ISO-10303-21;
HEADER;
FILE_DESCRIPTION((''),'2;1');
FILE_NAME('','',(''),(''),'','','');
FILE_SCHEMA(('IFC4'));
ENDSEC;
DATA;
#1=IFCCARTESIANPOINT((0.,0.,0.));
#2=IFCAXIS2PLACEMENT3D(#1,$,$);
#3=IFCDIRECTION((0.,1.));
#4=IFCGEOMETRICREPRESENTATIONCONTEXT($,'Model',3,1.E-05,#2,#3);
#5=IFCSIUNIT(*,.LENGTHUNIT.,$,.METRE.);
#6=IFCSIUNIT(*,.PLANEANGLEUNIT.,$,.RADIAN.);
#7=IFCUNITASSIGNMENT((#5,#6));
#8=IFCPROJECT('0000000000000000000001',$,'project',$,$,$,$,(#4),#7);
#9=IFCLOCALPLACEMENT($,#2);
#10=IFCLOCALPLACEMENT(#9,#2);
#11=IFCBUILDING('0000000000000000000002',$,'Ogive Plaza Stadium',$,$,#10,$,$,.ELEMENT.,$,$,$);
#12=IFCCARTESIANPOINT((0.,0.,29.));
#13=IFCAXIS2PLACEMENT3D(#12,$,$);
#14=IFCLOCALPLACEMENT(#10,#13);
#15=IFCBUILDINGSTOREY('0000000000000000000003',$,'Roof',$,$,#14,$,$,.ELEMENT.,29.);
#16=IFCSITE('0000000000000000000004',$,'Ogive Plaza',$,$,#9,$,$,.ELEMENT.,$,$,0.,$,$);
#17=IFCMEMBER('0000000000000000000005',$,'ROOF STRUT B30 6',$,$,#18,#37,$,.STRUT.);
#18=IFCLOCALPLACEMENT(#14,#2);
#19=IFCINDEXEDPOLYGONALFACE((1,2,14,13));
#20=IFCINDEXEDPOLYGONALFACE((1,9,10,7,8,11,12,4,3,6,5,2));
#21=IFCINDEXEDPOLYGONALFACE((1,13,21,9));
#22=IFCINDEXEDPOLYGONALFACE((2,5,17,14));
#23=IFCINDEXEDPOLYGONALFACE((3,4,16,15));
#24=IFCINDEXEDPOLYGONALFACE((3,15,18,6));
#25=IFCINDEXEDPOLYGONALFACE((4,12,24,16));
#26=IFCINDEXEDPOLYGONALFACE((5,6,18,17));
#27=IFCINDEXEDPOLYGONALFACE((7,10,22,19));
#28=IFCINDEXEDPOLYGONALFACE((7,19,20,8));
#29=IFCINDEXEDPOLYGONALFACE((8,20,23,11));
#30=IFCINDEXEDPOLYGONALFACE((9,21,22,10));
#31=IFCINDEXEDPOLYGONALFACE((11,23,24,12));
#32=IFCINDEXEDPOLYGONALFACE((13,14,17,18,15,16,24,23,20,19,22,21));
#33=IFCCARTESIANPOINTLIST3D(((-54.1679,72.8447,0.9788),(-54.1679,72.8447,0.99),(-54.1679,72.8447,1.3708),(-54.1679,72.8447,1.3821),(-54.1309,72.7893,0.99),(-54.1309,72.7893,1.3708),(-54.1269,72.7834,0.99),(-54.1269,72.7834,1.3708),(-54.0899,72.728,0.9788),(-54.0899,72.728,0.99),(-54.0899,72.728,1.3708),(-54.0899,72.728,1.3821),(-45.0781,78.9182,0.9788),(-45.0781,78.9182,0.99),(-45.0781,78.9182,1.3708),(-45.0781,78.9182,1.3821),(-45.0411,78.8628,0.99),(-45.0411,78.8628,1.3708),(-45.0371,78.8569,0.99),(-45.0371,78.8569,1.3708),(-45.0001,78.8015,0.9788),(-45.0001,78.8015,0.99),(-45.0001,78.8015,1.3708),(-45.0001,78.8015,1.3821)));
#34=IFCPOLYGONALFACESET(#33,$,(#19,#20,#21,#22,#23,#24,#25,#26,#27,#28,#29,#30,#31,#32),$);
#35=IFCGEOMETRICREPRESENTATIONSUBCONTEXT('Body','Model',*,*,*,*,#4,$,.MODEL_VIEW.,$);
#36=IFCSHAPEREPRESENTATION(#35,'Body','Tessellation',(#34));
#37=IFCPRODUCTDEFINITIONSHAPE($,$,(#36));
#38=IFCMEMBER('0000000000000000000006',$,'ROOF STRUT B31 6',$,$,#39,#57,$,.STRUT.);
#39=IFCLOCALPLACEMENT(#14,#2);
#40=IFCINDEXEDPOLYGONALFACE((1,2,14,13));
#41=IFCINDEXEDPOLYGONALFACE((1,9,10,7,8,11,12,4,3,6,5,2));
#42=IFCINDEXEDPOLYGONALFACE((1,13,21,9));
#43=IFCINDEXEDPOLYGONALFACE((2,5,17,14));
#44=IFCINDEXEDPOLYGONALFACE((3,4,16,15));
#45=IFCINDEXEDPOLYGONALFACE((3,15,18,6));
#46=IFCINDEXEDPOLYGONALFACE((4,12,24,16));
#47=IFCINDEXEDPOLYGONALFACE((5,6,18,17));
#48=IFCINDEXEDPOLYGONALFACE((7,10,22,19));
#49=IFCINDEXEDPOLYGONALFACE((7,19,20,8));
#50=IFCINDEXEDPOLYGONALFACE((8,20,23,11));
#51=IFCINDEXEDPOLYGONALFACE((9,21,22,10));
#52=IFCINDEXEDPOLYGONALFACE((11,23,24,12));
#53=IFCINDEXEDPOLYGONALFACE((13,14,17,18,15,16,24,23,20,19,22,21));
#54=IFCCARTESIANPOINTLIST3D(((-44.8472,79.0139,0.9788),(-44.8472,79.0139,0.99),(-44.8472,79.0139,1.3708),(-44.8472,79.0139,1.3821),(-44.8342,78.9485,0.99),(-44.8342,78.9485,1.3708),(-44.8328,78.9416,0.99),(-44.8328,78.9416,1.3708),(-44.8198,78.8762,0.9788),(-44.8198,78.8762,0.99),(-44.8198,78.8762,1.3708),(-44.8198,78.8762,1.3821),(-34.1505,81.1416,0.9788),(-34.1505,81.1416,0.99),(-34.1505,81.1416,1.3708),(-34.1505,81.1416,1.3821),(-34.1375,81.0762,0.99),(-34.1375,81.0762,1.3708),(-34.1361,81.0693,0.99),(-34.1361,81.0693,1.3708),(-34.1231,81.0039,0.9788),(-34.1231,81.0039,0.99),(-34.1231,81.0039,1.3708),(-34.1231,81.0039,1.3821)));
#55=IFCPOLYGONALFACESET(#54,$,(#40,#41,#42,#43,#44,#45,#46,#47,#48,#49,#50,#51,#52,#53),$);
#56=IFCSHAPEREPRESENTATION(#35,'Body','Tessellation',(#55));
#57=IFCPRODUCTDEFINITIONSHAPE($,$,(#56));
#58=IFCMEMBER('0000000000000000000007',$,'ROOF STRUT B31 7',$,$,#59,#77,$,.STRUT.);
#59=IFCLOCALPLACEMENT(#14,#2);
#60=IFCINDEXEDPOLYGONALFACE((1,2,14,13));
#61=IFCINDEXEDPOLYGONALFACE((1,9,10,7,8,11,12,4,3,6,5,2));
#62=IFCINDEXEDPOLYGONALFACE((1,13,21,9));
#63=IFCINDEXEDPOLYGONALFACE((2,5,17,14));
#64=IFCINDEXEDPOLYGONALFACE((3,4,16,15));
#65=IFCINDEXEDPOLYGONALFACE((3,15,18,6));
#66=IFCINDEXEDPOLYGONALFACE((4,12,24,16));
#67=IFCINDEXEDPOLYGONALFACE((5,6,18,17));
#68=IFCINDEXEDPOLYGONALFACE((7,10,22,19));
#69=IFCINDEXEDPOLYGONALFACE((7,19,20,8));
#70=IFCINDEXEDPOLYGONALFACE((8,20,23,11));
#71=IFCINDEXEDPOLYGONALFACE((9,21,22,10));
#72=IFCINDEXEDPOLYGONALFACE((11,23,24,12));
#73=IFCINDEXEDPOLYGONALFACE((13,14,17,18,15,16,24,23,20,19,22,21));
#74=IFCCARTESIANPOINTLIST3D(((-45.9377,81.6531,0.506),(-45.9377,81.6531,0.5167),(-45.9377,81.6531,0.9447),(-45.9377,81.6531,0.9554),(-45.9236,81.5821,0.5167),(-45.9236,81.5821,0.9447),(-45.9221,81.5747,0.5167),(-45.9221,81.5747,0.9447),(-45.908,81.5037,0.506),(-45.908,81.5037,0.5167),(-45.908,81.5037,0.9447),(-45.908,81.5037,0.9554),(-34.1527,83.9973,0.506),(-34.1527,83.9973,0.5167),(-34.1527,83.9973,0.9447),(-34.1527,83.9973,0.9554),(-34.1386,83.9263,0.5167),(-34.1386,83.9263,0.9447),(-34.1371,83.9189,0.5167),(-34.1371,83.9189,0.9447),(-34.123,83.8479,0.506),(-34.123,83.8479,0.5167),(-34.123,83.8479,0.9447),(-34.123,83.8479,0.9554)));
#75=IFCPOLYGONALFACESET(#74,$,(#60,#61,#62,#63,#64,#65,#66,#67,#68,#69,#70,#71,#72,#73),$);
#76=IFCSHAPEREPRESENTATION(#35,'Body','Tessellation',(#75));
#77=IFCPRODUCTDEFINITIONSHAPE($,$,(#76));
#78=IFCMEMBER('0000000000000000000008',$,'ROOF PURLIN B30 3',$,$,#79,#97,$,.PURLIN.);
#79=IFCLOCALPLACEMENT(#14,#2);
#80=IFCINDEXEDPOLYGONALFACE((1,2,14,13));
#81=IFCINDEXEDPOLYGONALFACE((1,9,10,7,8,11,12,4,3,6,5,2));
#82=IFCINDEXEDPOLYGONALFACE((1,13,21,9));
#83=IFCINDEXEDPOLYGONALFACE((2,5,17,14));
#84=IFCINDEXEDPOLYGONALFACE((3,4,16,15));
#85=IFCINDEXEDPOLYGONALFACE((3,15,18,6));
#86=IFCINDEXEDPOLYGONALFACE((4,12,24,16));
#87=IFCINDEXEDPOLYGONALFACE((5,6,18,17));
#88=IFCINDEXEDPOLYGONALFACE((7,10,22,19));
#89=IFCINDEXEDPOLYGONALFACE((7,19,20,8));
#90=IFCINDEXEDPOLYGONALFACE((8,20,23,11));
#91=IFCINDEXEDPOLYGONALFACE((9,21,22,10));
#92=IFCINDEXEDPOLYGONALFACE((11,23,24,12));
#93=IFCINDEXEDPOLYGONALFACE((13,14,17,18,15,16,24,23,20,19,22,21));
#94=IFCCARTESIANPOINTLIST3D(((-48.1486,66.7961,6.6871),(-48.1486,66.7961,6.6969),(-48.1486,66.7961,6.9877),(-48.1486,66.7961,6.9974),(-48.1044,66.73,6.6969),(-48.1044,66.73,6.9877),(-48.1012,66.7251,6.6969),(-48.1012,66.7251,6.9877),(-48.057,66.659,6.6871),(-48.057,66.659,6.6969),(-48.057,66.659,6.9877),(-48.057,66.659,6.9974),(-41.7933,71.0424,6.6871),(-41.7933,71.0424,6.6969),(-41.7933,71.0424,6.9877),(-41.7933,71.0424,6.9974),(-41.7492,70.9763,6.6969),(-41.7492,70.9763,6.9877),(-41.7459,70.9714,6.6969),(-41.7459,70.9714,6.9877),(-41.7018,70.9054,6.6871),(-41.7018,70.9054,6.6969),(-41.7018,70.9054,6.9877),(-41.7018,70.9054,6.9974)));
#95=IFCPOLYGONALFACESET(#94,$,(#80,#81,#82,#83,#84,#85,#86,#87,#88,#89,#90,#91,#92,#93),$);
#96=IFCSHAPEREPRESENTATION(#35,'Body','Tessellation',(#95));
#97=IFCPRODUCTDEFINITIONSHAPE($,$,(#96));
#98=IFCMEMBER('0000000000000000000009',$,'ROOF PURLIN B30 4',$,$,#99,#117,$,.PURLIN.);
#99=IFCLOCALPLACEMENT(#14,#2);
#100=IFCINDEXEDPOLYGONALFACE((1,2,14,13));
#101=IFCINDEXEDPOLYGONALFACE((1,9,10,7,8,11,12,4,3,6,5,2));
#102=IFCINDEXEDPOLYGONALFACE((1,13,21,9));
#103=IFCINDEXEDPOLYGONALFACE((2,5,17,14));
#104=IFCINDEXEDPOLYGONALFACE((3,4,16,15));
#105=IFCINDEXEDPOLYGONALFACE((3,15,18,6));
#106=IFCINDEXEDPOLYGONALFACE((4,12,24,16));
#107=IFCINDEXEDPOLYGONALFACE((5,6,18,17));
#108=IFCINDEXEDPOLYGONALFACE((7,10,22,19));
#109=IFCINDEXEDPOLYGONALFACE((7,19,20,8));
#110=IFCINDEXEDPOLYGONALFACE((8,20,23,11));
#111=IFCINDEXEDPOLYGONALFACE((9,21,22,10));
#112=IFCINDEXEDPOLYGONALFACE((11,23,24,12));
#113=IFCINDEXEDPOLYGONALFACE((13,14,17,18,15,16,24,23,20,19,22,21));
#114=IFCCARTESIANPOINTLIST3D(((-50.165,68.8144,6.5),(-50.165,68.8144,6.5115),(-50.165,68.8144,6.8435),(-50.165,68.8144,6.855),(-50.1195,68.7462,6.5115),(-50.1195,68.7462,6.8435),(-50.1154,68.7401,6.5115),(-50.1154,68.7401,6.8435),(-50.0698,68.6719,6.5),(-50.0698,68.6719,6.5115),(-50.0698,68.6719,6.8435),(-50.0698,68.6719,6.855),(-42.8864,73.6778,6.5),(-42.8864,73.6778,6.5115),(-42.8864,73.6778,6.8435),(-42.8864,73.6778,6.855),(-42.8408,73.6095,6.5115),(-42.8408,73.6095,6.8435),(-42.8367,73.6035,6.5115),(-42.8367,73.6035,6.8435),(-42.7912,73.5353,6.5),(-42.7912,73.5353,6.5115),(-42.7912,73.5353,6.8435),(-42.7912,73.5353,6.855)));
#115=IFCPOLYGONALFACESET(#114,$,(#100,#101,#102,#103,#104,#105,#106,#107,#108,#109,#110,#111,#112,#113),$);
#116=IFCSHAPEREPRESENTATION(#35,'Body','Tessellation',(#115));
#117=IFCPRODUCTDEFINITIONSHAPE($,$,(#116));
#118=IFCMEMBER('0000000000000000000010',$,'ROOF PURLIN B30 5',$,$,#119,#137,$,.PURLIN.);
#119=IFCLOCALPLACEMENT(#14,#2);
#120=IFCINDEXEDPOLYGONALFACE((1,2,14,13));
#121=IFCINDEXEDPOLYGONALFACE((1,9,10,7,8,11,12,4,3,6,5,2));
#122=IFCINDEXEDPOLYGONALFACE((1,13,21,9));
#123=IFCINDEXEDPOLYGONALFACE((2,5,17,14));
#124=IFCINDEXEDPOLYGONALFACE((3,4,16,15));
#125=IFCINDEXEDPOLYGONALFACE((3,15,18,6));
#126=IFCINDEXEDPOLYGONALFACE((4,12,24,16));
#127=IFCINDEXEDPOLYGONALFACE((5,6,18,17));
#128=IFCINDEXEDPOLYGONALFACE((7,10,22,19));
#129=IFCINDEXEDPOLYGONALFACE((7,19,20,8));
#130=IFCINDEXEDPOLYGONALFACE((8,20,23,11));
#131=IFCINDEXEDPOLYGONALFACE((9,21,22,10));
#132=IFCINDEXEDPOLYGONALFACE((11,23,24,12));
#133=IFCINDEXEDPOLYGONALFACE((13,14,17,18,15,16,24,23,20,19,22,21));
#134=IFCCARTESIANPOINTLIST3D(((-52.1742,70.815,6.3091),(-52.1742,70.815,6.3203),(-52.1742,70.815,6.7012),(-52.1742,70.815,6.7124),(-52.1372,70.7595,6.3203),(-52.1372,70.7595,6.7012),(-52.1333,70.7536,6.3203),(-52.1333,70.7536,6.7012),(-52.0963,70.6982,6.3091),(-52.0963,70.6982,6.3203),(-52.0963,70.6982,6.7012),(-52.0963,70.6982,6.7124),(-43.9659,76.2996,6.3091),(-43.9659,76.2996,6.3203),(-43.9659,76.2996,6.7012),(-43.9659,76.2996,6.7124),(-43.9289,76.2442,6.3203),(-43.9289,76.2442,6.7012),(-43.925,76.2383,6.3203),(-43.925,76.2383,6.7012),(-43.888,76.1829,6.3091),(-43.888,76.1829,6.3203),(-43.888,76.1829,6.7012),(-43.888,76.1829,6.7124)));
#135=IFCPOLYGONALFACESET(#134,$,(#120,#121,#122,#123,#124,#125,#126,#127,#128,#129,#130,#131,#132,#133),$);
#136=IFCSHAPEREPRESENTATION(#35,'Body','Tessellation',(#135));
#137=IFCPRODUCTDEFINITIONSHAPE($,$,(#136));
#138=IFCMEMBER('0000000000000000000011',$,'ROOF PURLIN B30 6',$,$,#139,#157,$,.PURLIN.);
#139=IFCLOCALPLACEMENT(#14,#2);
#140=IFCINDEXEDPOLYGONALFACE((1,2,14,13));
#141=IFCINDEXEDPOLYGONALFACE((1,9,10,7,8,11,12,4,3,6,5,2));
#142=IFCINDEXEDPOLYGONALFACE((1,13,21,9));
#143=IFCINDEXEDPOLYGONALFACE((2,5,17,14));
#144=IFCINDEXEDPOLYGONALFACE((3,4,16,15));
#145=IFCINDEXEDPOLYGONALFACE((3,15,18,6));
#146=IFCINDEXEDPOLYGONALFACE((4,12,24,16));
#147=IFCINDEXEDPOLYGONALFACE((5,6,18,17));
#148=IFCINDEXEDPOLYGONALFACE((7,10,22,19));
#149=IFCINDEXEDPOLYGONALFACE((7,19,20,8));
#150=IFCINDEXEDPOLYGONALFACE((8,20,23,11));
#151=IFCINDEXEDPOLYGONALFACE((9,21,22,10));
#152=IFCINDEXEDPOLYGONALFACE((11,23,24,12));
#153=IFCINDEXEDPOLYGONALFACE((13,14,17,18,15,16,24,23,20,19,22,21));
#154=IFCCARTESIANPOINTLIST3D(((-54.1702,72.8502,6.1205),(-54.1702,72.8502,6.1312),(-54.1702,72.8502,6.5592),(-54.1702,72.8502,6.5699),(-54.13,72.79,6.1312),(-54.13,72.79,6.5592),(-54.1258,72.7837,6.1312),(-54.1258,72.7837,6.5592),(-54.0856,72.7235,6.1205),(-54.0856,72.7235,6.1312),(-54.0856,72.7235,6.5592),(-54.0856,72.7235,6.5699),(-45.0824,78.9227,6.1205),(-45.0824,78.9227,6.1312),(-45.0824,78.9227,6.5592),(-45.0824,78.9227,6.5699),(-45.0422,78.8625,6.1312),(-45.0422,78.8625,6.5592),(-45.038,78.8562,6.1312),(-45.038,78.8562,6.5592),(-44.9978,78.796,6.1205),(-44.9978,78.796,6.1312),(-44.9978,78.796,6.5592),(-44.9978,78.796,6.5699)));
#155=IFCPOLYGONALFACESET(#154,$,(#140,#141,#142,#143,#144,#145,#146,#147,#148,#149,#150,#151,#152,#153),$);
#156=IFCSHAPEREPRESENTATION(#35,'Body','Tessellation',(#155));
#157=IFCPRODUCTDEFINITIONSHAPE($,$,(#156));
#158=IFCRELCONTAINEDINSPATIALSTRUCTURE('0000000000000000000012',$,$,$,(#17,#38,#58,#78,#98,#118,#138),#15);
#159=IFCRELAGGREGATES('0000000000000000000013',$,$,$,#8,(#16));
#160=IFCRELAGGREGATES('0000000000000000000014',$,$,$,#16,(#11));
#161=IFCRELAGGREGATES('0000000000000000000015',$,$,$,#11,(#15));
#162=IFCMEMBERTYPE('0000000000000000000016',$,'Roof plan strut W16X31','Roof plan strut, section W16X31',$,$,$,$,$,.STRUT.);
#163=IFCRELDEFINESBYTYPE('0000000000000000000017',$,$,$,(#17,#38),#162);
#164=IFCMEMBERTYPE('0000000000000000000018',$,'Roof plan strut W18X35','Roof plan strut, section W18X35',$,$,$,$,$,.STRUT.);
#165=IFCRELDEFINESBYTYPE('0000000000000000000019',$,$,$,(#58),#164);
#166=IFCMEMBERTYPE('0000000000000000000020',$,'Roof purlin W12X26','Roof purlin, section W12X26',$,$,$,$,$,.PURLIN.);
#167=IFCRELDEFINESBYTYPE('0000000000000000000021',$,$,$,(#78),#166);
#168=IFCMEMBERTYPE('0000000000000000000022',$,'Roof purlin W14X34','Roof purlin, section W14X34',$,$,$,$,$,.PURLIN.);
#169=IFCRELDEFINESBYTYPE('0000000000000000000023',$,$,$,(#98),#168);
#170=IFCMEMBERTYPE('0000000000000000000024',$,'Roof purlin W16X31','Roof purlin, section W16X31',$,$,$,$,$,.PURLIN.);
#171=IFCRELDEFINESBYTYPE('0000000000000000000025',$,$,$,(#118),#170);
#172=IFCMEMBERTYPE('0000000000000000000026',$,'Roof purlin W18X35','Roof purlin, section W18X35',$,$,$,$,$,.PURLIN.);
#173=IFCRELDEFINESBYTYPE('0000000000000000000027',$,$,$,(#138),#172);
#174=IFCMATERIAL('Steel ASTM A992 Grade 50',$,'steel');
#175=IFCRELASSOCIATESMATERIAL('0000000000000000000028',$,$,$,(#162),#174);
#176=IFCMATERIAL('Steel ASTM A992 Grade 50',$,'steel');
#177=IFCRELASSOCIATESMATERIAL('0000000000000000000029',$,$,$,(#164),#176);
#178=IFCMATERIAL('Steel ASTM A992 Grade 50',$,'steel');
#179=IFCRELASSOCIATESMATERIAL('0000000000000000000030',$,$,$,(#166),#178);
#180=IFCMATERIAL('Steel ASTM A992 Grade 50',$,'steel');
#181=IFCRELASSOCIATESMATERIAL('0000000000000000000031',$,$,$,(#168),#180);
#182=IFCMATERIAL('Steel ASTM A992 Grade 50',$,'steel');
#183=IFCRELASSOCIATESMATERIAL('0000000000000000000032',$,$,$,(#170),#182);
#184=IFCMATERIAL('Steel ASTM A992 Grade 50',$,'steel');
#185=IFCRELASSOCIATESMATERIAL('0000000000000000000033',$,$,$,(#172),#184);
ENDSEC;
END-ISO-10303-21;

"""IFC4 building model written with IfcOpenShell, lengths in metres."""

from ifc_helpers import new_model, si_unit, direction, frame, origin, origin_2d, place, context, subcontext, project, spatial, i_section, extrude, material, material_profile, profile_set, type_object, element, save


model = new_model("IFC4")

# Units and contexts
model_context = context("Model", 3, precision=1e-05, world=origin(), true_north=direction((0.0, 1.0)))
body_context = subcontext(model_context, "Body", "Model", "MODEL_VIEW")
ifc_project = project(units=[si_unit("LENGTHUNIT", "METRE"), si_unit("PLANEANGLEUNIT", "RADIAN")], contexts=[model_context])

# Site, building, storey
site_placement = place(None, origin())
site = spatial("IfcSite", under=ifc_project, at=site_placement, Name="Ogive Plaza", CompositionType="ELEMENT", RefElevation=0.0)
building_placement = place(site_placement, origin())
building = spatial("IfcBuilding", under=site, at=building_placement, Name="Ogive Plaza Stadium", CompositionType="ELEMENT")
storey_placement = place(building_placement, frame((0.0, 0.0, 29.0)))
storey = spatial("IfcBuildingStorey", under=building, at=storey_placement, Name="Roof", CompositionType="ELEMENT", Elevation=29.0)

# Members
ifc_material_1 = material(Name="Steel ASTM A992 Grade 50", Category="steel")
ifc_material_profile_1 = material_profile(ifc_material_1, i_section(OverallWidth=0.1404, OverallDepth=0.4033, WebThickness=0.0071, FlangeThickness=0.0112, at=origin_2d()), Name="W16X31")
ifc_profile_set_1 = profile_set([ifc_material_profile_1], Name="Steel ASTM A992 Grade 50")
member_type_1 = type_object("IfcMemberType", Name="Roof plan strut W16X31", Description="Roof plan strut, section W16X31", PredefinedType="STRUT", material=ifc_profile_set_1)
member_1_placement = place(storey_placement, frame((-54.1289, 72.7864, 1.1804), z_axis=(0.831476, 0.555561, 0.0), x_axis=(-0.555561, 0.831476, 0.0)))
element("IfcMember", 1, at=member_1_placement, inside=storey, type_object=member_type_1, Name="ROOF STRUT B30 6", PredefinedType="STRUT", context=body_context, shape_type="SweptSolid", body=[
    extrude(i_section(OverallWidth=0.1404, OverallDepth=0.4033, WebThickness=0.0071, FlangeThickness=0.0112, at=origin_2d()), origin(), (0.0, 0.0, 1.0), 10.9321),
])
member_2_placement = place(storey_placement, frame((-44.8335, 78.9451, 1.1804), z_axis=(0.980786, 0.195087, 0.0), x_axis=(-0.195087, 0.980786, 0.0)))
element("IfcMember", 2, at=member_2_placement, inside=storey, type_object=member_type_1, Name="ROOF STRUT B31 6", PredefinedType="STRUT", context=body_context, shape_type="SweptSolid", body=[
    extrude(i_section(OverallWidth=0.1404, OverallDepth=0.4033, WebThickness=0.0071, FlangeThickness=0.0112, at=origin_2d()), origin(), (0.0, 0.0, 1.0), 10.9062),
])
ifc_material_2 = material(Name="Steel ASTM A992 Grade 50", Category="steel")
ifc_material_profile_2 = material_profile(ifc_material_2, i_section(OverallWidth=0.1523, OverallDepth=0.4495, WebThickness=0.0076, FlangeThickness=0.0107, at=origin_2d()), Name="W18X35")
ifc_profile_set_2 = profile_set([ifc_material_profile_2], Name="Steel ASTM A992 Grade 50")
member_type_2 = type_object("IfcMemberType", Name="Roof plan strut W18X35", Description="Roof plan strut, section W18X35", PredefinedType="STRUT", material=ifc_profile_set_2)
member_3_placement = place(storey_placement, frame((-45.9229, 81.5784, 0.7307), z_axis=(0.980784, 0.195096, 0.0), x_axis=(-0.195096, 0.980784, 0.0)))
element("IfcMember", 3, at=member_3_placement, inside=storey, type_object=member_type_2, Name="ROOF STRUT B31 7", PredefinedType="STRUT", context=body_context, shape_type="SweptSolid", body=[
    extrude(i_section(OverallWidth=0.1523, OverallDepth=0.4495, WebThickness=0.0076, FlangeThickness=0.0107, at=origin_2d()), origin(), (0.0, 0.0, 1.0), 12.0159),
])
ifc_material_3 = material(Name="Steel ASTM A992 Grade 50", Category="steel")
ifc_material_profile_3 = material_profile(ifc_material_3, i_section(OverallWidth=0.1648, OverallDepth=0.3103, WebThickness=0.0059, FlangeThickness=0.0098, at=origin_2d()), Name="W12X26")
ifc_profile_set_3 = profile_set([ifc_material_profile_3], Name="Steel ASTM A992 Grade 50")
member_type_3 = type_object("IfcMemberType", Name="Roof purlin W12X26", Description="Roof purlin, section W12X26", PredefinedType="PURLIN", material=ifc_profile_set_3)
member_4_placement = place(storey_placement, frame((-48.1028, 66.7275, 6.8423), z_axis=(0.831475, 0.555562, 0.0), x_axis=(-0.555562, 0.831475, 0.0)))
element("IfcMember", 4, at=member_4_placement, inside=storey, type_object=member_type_3, Name="ROOF PURLIN B30 3", PredefinedType="PURLIN", context=body_context, shape_type="SweptSolid", body=[
    extrude(i_section(OverallWidth=0.1648, OverallDepth=0.3103, WebThickness=0.0059, FlangeThickness=0.0098, at=origin_2d()), origin(), (0.0, 0.0, 1.0), 7.6433),
])
ifc_material_4 = material(Name="Steel ASTM A992 Grade 50", Category="steel")
ifc_material_profile_4 = material_profile(ifc_material_4, i_section(OverallWidth=0.1714, OverallDepth=0.355, WebThickness=0.0073, FlangeThickness=0.0115, at=origin_2d()), Name="W14X34")
ifc_profile_set_4 = profile_set([ifc_material_profile_4], Name="Steel ASTM A992 Grade 50")
member_type_4 = type_object("IfcMemberType", Name="Roof purlin W14X34", Description="Roof purlin, section W14X34", PredefinedType="PURLIN", material=ifc_profile_set_4)
member_5_placement = place(storey_placement, frame((-50.1174, 68.7432, 6.6775), z_axis=(0.831475, 0.555562, 0.0), x_axis=(-0.555562, 0.831475, 0.0)))
element("IfcMember", 5, at=member_5_placement, inside=storey, type_object=member_type_4, Name="ROOF PURLIN B30 4", PredefinedType="PURLIN", context=body_context, shape_type="SweptSolid", body=[
    extrude(i_section(OverallWidth=0.1714, OverallDepth=0.355, WebThickness=0.0073, FlangeThickness=0.0115, at=origin_2d()), origin(), (0.0, 0.0, 1.0), 8.7539),
])
ifc_material_5 = material(Name="Steel ASTM A992 Grade 50", Category="steel")
ifc_material_profile_5 = material_profile(ifc_material_5, i_section(OverallWidth=0.1404, OverallDepth=0.4033, WebThickness=0.0071, FlangeThickness=0.0112, at=origin_2d()), Name="W16X31")
ifc_profile_set_5 = profile_set([ifc_material_profile_5], Name="Steel ASTM A992 Grade 50")
member_type_5 = type_object("IfcMemberType", Name="Roof purlin W16X31", Description="Roof purlin, section W16X31", PredefinedType="PURLIN", material=ifc_profile_set_5)
member_6_placement = place(storey_placement, frame((-52.1353, 70.7566, 6.5107), z_axis=(0.831468, 0.555573, 0.0), x_axis=(-0.555573, 0.831468, 0.0)))
element("IfcMember", 6, at=member_6_placement, inside=storey, type_object=member_type_5, Name="ROOF PURLIN B30 5", PredefinedType="PURLIN", context=body_context, shape_type="SweptSolid", body=[
    extrude(i_section(OverallWidth=0.1404, OverallDepth=0.4033, WebThickness=0.0071, FlangeThickness=0.0112, at=origin_2d()), origin(), (0.0, 0.0, 1.0), 9.8721),
])
ifc_material_6 = material(Name="Steel ASTM A992 Grade 50", Category="steel")
ifc_material_profile_6 = material_profile(ifc_material_6, i_section(OverallWidth=0.1523, OverallDepth=0.4495, WebThickness=0.0076, FlangeThickness=0.0107, at=origin_2d()), Name="W18X35")
ifc_profile_set_6 = profile_set([ifc_material_profile_6], Name="Steel ASTM A992 Grade 50")
member_type_6 = type_object("IfcMemberType", Name="Roof purlin W18X35", Description="Roof purlin, section W18X35", PredefinedType="PURLIN", material=ifc_profile_set_6)
member_7_placement = place(storey_placement, frame((-54.1279, 72.7869, 6.3452), z_axis=(0.831462, 0.555581, 0.0), x_axis=(-0.555581, 0.831462, 0.0)))
element("IfcMember", 7, at=member_7_placement, inside=storey, type_object=member_type_6, Name="ROOF PURLIN B30 6", PredefinedType="PURLIN", context=body_context, shape_type="SweptSolid", body=[
    extrude(i_section(OverallWidth=0.1523, OverallDepth=0.4495, WebThickness=0.0076, FlangeThickness=0.0107, at=origin_2d()), origin(), (0.0, 0.0, 1.0), 10.9299),
])

save(model, "model.ifc")
